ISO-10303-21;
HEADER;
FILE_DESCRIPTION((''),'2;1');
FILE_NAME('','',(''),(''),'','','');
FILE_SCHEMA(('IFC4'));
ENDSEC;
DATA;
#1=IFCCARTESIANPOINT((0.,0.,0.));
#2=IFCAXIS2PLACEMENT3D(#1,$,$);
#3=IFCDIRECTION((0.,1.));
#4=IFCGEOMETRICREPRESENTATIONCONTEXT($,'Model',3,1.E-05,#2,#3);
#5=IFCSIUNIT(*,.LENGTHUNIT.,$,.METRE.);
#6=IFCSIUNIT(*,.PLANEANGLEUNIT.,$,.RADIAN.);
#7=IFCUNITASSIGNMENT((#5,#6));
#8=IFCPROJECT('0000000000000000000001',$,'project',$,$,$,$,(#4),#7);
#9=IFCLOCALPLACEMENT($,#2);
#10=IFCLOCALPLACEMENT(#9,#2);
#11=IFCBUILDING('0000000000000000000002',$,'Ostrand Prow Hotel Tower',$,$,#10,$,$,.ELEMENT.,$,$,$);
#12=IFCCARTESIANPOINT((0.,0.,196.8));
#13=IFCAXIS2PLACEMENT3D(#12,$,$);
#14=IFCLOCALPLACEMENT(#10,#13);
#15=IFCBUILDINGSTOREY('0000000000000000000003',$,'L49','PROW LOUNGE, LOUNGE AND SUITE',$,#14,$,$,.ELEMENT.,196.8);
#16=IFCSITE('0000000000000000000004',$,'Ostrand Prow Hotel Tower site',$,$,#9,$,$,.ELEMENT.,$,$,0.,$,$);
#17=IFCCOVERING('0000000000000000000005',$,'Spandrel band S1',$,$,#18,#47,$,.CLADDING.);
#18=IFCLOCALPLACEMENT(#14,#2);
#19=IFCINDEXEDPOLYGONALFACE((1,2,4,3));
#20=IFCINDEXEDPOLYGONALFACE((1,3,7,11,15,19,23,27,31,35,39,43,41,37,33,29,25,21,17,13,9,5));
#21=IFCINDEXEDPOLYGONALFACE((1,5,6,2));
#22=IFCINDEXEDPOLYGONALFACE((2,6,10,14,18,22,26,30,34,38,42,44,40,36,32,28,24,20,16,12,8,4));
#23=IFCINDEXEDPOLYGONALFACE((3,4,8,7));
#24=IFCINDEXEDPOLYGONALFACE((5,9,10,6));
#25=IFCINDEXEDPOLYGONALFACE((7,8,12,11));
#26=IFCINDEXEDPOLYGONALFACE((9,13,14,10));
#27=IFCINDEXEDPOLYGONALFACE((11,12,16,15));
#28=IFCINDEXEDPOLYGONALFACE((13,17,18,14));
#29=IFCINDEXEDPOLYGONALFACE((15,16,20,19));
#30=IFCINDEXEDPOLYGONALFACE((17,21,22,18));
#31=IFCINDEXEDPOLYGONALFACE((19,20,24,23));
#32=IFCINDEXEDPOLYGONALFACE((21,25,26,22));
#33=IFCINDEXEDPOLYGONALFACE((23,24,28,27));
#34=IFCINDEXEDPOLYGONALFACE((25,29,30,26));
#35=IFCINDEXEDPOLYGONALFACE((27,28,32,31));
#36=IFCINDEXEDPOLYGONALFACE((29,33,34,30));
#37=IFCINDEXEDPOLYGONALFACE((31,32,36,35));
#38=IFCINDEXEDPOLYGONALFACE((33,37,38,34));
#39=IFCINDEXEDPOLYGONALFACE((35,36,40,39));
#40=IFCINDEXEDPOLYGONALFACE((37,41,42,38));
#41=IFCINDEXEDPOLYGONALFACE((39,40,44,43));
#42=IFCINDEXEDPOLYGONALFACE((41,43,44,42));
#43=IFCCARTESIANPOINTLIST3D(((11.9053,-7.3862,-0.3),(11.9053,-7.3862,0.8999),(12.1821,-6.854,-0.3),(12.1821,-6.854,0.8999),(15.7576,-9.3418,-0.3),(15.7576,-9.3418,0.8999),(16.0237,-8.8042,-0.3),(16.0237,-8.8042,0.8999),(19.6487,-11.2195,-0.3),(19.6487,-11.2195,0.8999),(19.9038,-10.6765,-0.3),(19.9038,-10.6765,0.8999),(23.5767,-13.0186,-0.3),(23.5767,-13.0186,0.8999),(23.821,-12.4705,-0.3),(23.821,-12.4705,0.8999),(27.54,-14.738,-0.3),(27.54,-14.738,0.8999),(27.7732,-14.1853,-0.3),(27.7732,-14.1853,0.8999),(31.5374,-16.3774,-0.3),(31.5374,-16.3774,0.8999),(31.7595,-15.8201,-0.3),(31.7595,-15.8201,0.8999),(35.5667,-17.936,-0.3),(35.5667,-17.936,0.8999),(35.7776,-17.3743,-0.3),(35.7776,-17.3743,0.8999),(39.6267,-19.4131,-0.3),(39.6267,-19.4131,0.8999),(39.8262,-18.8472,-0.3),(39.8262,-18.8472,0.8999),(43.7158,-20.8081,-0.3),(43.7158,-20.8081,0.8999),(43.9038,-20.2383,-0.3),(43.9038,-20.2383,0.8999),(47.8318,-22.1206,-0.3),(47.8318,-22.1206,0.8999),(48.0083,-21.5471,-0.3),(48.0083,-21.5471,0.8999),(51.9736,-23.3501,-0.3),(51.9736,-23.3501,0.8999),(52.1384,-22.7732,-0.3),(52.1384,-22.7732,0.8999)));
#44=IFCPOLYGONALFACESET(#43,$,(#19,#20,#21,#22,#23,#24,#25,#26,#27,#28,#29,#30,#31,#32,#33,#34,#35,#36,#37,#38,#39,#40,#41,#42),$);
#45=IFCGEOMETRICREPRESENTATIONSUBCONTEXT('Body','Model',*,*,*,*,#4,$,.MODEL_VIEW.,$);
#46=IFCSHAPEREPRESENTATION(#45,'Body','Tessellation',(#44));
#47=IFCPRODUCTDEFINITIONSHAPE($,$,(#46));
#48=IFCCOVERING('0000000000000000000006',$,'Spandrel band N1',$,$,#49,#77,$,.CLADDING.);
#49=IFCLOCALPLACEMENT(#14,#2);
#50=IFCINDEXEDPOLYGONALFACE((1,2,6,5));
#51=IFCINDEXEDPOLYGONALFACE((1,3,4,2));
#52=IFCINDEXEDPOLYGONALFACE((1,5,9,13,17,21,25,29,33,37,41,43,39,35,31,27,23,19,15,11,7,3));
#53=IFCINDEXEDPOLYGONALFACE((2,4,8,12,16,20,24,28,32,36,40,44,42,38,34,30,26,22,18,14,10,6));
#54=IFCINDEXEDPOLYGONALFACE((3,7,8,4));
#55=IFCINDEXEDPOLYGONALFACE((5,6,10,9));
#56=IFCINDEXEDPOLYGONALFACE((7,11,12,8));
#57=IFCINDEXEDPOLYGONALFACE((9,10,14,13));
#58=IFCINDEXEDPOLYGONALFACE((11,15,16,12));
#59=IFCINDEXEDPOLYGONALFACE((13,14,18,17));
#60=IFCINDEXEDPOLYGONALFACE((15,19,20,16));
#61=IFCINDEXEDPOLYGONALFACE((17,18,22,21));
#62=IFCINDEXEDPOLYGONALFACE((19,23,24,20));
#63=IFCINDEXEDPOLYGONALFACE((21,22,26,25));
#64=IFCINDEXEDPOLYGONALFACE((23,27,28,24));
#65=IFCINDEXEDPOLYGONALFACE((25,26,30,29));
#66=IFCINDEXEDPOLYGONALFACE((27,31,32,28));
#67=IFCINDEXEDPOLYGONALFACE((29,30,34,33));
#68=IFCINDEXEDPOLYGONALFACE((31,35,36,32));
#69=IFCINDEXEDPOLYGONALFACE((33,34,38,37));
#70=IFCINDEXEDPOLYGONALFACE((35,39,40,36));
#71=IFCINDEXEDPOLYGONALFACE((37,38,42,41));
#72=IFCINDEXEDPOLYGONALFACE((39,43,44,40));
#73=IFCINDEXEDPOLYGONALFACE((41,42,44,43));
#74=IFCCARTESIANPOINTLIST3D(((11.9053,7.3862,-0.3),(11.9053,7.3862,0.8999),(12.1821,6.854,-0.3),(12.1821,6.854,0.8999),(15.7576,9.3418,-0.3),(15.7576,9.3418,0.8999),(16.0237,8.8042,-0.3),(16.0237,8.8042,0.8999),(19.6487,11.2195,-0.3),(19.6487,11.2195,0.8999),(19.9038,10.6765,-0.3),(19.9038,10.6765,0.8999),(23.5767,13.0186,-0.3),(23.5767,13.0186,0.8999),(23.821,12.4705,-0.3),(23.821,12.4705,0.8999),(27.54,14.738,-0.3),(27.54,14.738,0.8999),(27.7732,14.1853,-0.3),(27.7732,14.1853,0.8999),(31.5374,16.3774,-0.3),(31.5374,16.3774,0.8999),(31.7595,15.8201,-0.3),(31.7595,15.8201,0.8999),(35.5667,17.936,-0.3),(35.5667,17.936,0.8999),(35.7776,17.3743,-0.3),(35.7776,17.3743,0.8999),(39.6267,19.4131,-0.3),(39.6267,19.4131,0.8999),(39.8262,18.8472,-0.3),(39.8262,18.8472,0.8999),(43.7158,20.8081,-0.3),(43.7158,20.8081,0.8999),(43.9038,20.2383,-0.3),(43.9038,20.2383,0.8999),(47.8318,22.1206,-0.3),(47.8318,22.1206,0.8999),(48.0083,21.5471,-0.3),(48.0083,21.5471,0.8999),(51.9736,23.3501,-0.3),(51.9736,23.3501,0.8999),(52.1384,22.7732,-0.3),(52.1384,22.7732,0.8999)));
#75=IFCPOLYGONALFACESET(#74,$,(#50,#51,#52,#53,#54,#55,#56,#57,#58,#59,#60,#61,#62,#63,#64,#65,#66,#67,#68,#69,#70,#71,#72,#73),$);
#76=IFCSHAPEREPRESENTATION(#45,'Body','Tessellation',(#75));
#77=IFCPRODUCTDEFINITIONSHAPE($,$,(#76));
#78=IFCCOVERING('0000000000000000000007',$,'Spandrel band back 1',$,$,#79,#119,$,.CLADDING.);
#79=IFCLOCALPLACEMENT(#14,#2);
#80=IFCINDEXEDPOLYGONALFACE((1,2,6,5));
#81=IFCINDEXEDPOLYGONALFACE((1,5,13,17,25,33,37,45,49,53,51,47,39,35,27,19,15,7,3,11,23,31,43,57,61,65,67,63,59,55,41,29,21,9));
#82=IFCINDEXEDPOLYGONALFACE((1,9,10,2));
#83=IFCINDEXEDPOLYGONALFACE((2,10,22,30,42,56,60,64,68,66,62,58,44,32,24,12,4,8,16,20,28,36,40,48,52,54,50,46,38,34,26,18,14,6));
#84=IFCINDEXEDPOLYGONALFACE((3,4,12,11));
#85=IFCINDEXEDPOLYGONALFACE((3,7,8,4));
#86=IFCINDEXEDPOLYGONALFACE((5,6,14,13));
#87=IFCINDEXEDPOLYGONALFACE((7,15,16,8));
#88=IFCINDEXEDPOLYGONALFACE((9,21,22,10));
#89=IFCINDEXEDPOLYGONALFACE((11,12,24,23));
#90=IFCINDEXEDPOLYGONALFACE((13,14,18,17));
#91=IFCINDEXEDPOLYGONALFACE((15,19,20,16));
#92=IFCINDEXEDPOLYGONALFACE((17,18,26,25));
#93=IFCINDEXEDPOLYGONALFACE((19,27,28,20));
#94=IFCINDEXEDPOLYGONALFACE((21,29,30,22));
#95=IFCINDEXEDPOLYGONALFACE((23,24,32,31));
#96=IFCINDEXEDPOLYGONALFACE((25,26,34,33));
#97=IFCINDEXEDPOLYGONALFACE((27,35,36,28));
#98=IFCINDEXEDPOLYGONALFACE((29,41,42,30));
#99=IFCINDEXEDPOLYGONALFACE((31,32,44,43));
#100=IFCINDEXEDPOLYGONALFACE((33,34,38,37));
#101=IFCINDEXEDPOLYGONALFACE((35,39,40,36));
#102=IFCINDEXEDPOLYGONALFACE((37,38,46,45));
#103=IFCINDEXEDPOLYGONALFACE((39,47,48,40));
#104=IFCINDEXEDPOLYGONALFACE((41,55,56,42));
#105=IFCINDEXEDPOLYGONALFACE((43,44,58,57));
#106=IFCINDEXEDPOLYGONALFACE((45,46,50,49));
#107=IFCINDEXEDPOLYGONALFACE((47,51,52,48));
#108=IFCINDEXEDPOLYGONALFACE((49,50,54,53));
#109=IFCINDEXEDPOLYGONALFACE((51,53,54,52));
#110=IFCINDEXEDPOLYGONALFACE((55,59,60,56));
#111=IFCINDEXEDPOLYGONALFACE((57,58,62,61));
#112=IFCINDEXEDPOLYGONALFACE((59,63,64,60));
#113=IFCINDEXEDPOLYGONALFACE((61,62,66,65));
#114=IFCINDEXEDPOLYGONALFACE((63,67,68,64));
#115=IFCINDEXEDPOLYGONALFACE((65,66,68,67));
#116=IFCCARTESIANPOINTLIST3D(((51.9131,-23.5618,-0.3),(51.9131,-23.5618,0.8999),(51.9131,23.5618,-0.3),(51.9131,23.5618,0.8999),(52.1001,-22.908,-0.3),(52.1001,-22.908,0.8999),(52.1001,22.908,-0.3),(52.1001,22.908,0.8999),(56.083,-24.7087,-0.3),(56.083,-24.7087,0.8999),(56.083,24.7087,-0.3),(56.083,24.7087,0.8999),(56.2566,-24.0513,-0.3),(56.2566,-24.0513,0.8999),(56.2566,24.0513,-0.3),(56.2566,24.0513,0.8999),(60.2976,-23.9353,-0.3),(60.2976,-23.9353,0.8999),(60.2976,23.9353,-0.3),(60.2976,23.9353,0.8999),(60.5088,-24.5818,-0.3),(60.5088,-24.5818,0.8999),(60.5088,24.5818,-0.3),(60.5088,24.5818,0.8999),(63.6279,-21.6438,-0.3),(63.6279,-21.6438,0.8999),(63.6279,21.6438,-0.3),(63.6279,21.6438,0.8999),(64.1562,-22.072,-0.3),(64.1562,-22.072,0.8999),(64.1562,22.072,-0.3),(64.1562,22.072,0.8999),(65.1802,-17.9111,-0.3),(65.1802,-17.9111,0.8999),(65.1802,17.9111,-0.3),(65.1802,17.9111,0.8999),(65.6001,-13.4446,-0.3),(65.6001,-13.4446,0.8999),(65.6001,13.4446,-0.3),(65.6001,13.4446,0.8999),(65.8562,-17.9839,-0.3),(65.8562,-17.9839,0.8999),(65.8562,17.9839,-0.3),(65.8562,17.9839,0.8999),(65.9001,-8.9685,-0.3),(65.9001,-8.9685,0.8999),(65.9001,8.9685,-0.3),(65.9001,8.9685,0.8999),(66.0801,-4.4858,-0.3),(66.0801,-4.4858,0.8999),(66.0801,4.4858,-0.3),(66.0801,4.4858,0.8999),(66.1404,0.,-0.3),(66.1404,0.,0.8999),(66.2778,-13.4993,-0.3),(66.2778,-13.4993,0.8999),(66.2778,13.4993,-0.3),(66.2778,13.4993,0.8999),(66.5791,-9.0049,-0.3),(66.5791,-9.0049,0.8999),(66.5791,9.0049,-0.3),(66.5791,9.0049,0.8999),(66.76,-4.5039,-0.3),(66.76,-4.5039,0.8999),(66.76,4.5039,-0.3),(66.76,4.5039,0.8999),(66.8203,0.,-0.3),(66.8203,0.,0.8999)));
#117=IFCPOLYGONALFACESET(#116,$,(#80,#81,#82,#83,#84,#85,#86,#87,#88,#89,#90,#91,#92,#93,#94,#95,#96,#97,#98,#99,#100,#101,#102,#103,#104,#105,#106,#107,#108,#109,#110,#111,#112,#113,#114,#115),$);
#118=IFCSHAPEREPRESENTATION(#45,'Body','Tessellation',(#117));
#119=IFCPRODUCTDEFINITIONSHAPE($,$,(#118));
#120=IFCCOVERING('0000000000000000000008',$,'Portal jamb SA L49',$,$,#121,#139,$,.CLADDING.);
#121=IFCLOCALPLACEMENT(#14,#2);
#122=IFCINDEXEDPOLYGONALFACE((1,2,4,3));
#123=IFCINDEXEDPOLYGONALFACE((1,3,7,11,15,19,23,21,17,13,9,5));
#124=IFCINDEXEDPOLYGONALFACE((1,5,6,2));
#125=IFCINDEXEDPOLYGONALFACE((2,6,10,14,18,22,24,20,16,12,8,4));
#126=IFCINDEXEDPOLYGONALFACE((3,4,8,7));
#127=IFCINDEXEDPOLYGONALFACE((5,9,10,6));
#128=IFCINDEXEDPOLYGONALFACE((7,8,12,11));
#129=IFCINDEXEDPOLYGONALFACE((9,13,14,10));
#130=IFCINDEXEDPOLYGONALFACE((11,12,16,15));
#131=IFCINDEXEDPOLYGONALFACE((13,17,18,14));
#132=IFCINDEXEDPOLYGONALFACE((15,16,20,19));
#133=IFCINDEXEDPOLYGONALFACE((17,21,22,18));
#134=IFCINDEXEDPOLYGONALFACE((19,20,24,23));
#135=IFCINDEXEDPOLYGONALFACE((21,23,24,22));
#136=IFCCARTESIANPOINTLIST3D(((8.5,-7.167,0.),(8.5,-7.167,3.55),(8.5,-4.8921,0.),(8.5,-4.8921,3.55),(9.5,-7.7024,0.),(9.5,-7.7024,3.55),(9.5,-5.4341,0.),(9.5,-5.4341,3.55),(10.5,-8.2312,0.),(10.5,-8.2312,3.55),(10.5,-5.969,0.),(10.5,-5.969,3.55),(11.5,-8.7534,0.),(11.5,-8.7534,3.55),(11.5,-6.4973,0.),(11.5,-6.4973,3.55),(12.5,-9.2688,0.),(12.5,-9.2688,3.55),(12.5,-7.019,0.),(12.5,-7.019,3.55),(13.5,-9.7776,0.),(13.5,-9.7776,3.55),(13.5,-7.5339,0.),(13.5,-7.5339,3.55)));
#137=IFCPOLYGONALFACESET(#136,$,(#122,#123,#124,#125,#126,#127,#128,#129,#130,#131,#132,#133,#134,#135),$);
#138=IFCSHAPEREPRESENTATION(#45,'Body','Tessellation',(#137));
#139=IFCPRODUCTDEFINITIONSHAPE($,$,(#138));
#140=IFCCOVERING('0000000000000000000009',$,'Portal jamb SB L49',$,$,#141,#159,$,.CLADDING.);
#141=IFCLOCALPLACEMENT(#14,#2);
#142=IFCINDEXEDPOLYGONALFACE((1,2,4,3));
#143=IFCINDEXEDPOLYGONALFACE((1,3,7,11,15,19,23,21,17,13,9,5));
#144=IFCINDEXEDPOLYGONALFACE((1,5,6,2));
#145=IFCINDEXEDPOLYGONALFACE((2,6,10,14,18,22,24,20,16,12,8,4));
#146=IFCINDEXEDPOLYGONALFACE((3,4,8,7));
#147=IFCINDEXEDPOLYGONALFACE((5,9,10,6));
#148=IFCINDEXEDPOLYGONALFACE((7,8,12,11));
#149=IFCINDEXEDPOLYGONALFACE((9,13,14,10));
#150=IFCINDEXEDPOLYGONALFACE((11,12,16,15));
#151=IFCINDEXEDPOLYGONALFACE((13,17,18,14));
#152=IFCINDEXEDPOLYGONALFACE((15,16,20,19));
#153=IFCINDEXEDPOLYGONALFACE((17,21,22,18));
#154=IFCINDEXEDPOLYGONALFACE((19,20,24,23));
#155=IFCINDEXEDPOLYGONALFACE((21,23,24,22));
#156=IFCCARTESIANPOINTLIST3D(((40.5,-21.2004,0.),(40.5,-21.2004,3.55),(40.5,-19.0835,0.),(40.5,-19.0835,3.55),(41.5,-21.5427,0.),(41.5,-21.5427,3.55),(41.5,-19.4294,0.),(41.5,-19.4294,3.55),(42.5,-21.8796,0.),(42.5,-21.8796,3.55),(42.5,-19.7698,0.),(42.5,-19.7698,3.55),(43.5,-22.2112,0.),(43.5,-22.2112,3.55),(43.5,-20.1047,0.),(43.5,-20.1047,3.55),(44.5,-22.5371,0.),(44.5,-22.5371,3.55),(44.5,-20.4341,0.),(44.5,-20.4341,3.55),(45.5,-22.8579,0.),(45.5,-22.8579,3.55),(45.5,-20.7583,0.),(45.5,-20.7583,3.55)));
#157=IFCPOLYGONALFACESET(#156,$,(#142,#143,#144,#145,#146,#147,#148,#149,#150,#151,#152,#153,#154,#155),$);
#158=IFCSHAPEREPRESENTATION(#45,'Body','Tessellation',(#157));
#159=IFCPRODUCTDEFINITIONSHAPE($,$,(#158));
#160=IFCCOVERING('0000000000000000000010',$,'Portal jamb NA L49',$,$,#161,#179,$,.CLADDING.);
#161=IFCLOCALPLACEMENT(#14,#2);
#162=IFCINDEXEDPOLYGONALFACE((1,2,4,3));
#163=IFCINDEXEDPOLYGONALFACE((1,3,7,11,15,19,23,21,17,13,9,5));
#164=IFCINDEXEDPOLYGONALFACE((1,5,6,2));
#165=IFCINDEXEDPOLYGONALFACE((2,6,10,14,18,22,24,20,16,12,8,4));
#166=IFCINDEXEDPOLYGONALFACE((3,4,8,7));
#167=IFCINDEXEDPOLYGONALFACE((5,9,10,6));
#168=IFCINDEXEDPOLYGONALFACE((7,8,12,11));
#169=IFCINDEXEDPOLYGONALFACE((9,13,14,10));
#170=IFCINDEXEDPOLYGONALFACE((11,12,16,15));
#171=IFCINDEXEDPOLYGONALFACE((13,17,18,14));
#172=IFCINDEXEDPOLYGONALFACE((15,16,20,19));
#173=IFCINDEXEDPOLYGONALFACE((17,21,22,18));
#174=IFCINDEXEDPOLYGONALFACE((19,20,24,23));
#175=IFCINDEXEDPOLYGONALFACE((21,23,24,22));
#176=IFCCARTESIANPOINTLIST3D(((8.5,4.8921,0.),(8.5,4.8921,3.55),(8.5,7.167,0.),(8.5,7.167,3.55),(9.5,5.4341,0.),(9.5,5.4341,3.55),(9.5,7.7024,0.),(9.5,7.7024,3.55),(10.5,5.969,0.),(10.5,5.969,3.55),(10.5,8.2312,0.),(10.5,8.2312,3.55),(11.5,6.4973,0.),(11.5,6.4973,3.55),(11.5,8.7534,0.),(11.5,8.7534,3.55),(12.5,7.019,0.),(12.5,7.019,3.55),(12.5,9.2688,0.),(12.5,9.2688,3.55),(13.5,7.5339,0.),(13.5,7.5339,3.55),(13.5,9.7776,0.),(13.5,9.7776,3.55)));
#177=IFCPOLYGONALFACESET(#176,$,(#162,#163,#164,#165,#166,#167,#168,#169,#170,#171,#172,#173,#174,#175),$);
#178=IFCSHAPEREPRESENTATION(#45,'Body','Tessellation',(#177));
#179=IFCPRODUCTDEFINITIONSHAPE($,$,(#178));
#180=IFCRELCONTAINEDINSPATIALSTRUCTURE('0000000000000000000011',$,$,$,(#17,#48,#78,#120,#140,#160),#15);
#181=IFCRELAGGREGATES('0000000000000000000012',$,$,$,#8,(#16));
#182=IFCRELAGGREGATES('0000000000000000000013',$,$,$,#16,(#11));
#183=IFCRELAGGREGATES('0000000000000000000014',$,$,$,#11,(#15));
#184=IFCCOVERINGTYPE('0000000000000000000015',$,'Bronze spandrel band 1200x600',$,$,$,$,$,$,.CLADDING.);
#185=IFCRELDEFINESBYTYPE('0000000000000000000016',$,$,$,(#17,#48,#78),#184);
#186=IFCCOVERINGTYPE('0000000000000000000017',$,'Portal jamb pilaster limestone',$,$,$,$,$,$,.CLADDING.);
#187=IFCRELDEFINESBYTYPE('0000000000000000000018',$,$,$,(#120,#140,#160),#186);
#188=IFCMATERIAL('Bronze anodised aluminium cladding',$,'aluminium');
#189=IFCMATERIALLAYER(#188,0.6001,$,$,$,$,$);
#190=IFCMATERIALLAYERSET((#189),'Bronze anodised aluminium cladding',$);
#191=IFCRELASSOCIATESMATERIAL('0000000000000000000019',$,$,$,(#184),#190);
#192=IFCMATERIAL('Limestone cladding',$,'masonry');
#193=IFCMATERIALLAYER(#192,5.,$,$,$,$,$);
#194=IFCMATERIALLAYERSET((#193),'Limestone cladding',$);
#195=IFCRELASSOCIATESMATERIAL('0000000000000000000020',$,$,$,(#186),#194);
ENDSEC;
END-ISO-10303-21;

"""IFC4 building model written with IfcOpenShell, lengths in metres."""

from ifc_helpers import new_model, si_unit, direction, frame, origin, place, context, subcontext, project, spatial, polyline, outline, extrude, material, layer, layer_set, type_object, element, save


model = new_model("IFC4")

# Units and contexts
model_context = context("Model", 3, precision=1e-05, world=origin(), true_north=direction((0.0, 1.0)))
body_context = subcontext(model_context, "Body", "Model", "MODEL_VIEW")
ifc_project = project(units=[si_unit("LENGTHUNIT", "METRE"), si_unit("PLANEANGLEUNIT", "RADIAN")], contexts=[model_context])

# Site, building, storey
site_placement = place(None, origin())
site = spatial("IfcSite", under=ifc_project, at=site_placement, Name="Ostrand Prow Hotel Tower site", CompositionType="ELEMENT", RefElevation=0.0)
building_placement = place(site_placement, origin())
building = spatial("IfcBuilding", under=site, at=building_placement, Name="Ostrand Prow Hotel Tower", CompositionType="ELEMENT")
storey_placement = place(building_placement, frame((0.0, 0.0, 196.8)))
storey = spatial("IfcBuildingStorey", under=building, at=storey_placement, Name="L49", Description="PROW LOUNGE, LOUNGE AND SUITE", CompositionType="ELEMENT", Elevation=196.8)

# Coverings
ifc_material_1 = material(Name="Bronze anodised aluminium cladding", Category="aluminium")
ifc_layer_1 = layer(ifc_material_1, 0.6001)
ifc_layer_set_1 = layer_set([ifc_layer_1], Name="Bronze anodised aluminium cladding")
covering_type_1 = type_object("IfcCoveringType", Name="Bronze spandrel band 1200x600", PredefinedType="CLADDING", material=ifc_layer_set_1)
covering_1_placement = place(storey_placement, frame((0.0, 0.0, -0.3)))
element("IfcCovering", 1, at=covering_1_placement, inside=storey, type_object=covering_type_1, Name="Spandrel band S1", PredefinedType="CLADDING", context=body_context, shape_type="SweptSolid", body=[
    extrude(outline(polyline([(11.9053, -7.3862), (15.7576, -9.3418), (19.6487, -11.2195), (23.5767, -13.0186), (27.54, -14.738), (31.5374, -16.3774), (35.5667, -17.936), (39.6267, -19.4131), (43.7158, -20.8081), (47.8318, -22.1206), (51.9736, -23.3501), (52.1384, -22.7732), (48.0083, -21.5471), (43.9038, -20.2383), (39.8262, -18.8472), (35.7776, -17.3743), (31.7595, -15.8201), (27.7732, -14.1853), (23.821, -12.4705), (19.9038, -10.6765), (16.0237, -8.8042), (12.1821, -6.854), (11.9053, -7.3862)])), origin(), (0.0, 0.0, 1.0), 1.2),
])
covering_2_placement = place(storey_placement, frame((0.0, 0.0, -0.3)))
element("IfcCovering", 2, at=covering_2_placement, inside=storey, type_object=covering_type_1, Name="Spandrel band N1", PredefinedType="CLADDING", context=body_context, shape_type="SweptSolid", body=[
    extrude(outline(polyline([(51.9736, 23.3501), (47.8318, 22.1206), (43.7158, 20.8081), (39.6267, 19.4131), (35.5667, 17.936), (31.5374, 16.3774), (27.54, 14.738), (23.5767, 13.0186), (19.6487, 11.2195), (15.7576, 9.3418), (11.9053, 7.3862), (12.1821, 6.854), (16.0237, 8.8042), (19.9038, 10.6765), (23.821, 12.4705), (27.7732, 14.1853), (31.7595, 15.8201), (35.7776, 17.3743), (39.8262, 18.8472), (43.9038, 20.2383), (48.0083, 21.5471), (52.1384, 22.7732), (51.9736, 23.3501)])), origin(), (0.0, 0.0, 1.0), 1.2),
])
covering_3_placement = place(storey_placement, frame((0.0, 0.0, -0.3)))
element("IfcCovering", 3, at=covering_3_placement, inside=storey, type_object=covering_type_1, Name="Spandrel band back 1", PredefinedType="CLADDING", context=body_context, shape_type="SweptSolid", body=[
    extrude(outline(polyline([(51.9131, -23.5618), (56.083, -24.7087), (60.5088, -24.5818), (64.1562, -22.072), (65.8562, -17.9839), (66.2778, -13.4993), (66.5791, -9.0049), (66.76, -4.5039), (66.8203, 0.0), (66.76, 4.5039), (66.5791, 9.0049), (66.2778, 13.4993), (65.8562, 17.9839), (64.1562, 22.072), (60.5088, 24.5818), (56.083, 24.7087), (51.9131, 23.5618), (52.1001, 22.908), (56.2566, 24.0513), (60.2976, 23.9353), (63.6279, 21.6438), (65.1802, 17.9111), (65.6001, 13.4446), (65.9001, 8.9685), (66.0801, 4.4858), (66.1404, 0.0), (66.0801, -4.4858), (65.9001, -8.9685), (65.6001, -13.4446), (65.1802, -17.9111), (63.6279, -21.6438), (60.2976, -23.9353), (56.2566, -24.0513), (52.1001, -22.908), (51.9131, -23.5618)])), origin(), (0.0, 0.0, 1.0), 1.2),
])
ifc_material_2 = material(Name="Limestone cladding", Category="masonry")
ifc_layer_2 = layer(ifc_material_2, 5.0)
ifc_layer_set_2 = layer_set([ifc_layer_2], Name="Limestone cladding")
covering_type_2 = type_object("IfcCoveringType", Name="Portal jamb pilaster limestone", PredefinedType="CLADDING", material=ifc_layer_set_2)
covering_4_placement = place(storey_placement, origin())
element("IfcCovering", 4, at=covering_4_placement, inside=storey, type_object=covering_type_2, Name="Portal jamb SA L49", PredefinedType="CLADDING", context=body_context, shape_type="SweptSolid", body=[
    extrude(outline(polyline([(8.5, -4.8921), (8.5, -7.167), (9.5, -7.7024), (10.5, -8.2312), (11.5, -8.7534), (12.5, -9.2688), (13.5, -9.7776), (13.5, -7.5339), (12.5, -7.019), (11.5, -6.4973), (10.5, -5.969), (9.5, -5.4341), (8.5, -4.8921)])), origin(), (0.0, 0.0, 1.0), 3.55),
])
covering_5_placement = place(storey_placement, origin())
element("IfcCovering", 5, at=covering_5_placement, inside=storey, type_object=covering_type_2, Name="Portal jamb SB L49", PredefinedType="CLADDING", context=body_context, shape_type="SweptSolid", body=[
    extrude(outline(polyline([(40.5, -19.0835), (40.5, -21.2004), (41.5, -21.5427), (42.5, -21.8796), (43.5, -22.2112), (44.5, -22.5371), (45.5, -22.8579), (45.5, -20.7583), (44.5, -20.4341), (43.5, -20.1047), (42.5, -19.7698), (41.5, -19.4294), (40.5, -19.0835)])), origin(), (0.0, 0.0, 1.0), 3.55),
])
covering_6_placement = place(storey_placement, origin())
element("IfcCovering", 6, at=covering_6_placement, inside=storey, type_object=covering_type_2, Name="Portal jamb NA L49", PredefinedType="CLADDING", context=body_context, shape_type="SweptSolid", body=[
    extrude(outline(polyline([(8.5, 4.8921), (9.5, 5.4341), (10.5, 5.969), (11.5, 6.4973), (12.5, 7.019), (13.5, 7.5339), (13.5, 9.7776), (12.5, 9.2688), (11.5, 8.7534), (10.5, 8.2312), (9.5, 7.7024), (8.5, 7.167), (8.5, 4.8921)])), origin(), (0.0, 0.0, 1.0), 3.55),
])

save(model, "model.ifc")
